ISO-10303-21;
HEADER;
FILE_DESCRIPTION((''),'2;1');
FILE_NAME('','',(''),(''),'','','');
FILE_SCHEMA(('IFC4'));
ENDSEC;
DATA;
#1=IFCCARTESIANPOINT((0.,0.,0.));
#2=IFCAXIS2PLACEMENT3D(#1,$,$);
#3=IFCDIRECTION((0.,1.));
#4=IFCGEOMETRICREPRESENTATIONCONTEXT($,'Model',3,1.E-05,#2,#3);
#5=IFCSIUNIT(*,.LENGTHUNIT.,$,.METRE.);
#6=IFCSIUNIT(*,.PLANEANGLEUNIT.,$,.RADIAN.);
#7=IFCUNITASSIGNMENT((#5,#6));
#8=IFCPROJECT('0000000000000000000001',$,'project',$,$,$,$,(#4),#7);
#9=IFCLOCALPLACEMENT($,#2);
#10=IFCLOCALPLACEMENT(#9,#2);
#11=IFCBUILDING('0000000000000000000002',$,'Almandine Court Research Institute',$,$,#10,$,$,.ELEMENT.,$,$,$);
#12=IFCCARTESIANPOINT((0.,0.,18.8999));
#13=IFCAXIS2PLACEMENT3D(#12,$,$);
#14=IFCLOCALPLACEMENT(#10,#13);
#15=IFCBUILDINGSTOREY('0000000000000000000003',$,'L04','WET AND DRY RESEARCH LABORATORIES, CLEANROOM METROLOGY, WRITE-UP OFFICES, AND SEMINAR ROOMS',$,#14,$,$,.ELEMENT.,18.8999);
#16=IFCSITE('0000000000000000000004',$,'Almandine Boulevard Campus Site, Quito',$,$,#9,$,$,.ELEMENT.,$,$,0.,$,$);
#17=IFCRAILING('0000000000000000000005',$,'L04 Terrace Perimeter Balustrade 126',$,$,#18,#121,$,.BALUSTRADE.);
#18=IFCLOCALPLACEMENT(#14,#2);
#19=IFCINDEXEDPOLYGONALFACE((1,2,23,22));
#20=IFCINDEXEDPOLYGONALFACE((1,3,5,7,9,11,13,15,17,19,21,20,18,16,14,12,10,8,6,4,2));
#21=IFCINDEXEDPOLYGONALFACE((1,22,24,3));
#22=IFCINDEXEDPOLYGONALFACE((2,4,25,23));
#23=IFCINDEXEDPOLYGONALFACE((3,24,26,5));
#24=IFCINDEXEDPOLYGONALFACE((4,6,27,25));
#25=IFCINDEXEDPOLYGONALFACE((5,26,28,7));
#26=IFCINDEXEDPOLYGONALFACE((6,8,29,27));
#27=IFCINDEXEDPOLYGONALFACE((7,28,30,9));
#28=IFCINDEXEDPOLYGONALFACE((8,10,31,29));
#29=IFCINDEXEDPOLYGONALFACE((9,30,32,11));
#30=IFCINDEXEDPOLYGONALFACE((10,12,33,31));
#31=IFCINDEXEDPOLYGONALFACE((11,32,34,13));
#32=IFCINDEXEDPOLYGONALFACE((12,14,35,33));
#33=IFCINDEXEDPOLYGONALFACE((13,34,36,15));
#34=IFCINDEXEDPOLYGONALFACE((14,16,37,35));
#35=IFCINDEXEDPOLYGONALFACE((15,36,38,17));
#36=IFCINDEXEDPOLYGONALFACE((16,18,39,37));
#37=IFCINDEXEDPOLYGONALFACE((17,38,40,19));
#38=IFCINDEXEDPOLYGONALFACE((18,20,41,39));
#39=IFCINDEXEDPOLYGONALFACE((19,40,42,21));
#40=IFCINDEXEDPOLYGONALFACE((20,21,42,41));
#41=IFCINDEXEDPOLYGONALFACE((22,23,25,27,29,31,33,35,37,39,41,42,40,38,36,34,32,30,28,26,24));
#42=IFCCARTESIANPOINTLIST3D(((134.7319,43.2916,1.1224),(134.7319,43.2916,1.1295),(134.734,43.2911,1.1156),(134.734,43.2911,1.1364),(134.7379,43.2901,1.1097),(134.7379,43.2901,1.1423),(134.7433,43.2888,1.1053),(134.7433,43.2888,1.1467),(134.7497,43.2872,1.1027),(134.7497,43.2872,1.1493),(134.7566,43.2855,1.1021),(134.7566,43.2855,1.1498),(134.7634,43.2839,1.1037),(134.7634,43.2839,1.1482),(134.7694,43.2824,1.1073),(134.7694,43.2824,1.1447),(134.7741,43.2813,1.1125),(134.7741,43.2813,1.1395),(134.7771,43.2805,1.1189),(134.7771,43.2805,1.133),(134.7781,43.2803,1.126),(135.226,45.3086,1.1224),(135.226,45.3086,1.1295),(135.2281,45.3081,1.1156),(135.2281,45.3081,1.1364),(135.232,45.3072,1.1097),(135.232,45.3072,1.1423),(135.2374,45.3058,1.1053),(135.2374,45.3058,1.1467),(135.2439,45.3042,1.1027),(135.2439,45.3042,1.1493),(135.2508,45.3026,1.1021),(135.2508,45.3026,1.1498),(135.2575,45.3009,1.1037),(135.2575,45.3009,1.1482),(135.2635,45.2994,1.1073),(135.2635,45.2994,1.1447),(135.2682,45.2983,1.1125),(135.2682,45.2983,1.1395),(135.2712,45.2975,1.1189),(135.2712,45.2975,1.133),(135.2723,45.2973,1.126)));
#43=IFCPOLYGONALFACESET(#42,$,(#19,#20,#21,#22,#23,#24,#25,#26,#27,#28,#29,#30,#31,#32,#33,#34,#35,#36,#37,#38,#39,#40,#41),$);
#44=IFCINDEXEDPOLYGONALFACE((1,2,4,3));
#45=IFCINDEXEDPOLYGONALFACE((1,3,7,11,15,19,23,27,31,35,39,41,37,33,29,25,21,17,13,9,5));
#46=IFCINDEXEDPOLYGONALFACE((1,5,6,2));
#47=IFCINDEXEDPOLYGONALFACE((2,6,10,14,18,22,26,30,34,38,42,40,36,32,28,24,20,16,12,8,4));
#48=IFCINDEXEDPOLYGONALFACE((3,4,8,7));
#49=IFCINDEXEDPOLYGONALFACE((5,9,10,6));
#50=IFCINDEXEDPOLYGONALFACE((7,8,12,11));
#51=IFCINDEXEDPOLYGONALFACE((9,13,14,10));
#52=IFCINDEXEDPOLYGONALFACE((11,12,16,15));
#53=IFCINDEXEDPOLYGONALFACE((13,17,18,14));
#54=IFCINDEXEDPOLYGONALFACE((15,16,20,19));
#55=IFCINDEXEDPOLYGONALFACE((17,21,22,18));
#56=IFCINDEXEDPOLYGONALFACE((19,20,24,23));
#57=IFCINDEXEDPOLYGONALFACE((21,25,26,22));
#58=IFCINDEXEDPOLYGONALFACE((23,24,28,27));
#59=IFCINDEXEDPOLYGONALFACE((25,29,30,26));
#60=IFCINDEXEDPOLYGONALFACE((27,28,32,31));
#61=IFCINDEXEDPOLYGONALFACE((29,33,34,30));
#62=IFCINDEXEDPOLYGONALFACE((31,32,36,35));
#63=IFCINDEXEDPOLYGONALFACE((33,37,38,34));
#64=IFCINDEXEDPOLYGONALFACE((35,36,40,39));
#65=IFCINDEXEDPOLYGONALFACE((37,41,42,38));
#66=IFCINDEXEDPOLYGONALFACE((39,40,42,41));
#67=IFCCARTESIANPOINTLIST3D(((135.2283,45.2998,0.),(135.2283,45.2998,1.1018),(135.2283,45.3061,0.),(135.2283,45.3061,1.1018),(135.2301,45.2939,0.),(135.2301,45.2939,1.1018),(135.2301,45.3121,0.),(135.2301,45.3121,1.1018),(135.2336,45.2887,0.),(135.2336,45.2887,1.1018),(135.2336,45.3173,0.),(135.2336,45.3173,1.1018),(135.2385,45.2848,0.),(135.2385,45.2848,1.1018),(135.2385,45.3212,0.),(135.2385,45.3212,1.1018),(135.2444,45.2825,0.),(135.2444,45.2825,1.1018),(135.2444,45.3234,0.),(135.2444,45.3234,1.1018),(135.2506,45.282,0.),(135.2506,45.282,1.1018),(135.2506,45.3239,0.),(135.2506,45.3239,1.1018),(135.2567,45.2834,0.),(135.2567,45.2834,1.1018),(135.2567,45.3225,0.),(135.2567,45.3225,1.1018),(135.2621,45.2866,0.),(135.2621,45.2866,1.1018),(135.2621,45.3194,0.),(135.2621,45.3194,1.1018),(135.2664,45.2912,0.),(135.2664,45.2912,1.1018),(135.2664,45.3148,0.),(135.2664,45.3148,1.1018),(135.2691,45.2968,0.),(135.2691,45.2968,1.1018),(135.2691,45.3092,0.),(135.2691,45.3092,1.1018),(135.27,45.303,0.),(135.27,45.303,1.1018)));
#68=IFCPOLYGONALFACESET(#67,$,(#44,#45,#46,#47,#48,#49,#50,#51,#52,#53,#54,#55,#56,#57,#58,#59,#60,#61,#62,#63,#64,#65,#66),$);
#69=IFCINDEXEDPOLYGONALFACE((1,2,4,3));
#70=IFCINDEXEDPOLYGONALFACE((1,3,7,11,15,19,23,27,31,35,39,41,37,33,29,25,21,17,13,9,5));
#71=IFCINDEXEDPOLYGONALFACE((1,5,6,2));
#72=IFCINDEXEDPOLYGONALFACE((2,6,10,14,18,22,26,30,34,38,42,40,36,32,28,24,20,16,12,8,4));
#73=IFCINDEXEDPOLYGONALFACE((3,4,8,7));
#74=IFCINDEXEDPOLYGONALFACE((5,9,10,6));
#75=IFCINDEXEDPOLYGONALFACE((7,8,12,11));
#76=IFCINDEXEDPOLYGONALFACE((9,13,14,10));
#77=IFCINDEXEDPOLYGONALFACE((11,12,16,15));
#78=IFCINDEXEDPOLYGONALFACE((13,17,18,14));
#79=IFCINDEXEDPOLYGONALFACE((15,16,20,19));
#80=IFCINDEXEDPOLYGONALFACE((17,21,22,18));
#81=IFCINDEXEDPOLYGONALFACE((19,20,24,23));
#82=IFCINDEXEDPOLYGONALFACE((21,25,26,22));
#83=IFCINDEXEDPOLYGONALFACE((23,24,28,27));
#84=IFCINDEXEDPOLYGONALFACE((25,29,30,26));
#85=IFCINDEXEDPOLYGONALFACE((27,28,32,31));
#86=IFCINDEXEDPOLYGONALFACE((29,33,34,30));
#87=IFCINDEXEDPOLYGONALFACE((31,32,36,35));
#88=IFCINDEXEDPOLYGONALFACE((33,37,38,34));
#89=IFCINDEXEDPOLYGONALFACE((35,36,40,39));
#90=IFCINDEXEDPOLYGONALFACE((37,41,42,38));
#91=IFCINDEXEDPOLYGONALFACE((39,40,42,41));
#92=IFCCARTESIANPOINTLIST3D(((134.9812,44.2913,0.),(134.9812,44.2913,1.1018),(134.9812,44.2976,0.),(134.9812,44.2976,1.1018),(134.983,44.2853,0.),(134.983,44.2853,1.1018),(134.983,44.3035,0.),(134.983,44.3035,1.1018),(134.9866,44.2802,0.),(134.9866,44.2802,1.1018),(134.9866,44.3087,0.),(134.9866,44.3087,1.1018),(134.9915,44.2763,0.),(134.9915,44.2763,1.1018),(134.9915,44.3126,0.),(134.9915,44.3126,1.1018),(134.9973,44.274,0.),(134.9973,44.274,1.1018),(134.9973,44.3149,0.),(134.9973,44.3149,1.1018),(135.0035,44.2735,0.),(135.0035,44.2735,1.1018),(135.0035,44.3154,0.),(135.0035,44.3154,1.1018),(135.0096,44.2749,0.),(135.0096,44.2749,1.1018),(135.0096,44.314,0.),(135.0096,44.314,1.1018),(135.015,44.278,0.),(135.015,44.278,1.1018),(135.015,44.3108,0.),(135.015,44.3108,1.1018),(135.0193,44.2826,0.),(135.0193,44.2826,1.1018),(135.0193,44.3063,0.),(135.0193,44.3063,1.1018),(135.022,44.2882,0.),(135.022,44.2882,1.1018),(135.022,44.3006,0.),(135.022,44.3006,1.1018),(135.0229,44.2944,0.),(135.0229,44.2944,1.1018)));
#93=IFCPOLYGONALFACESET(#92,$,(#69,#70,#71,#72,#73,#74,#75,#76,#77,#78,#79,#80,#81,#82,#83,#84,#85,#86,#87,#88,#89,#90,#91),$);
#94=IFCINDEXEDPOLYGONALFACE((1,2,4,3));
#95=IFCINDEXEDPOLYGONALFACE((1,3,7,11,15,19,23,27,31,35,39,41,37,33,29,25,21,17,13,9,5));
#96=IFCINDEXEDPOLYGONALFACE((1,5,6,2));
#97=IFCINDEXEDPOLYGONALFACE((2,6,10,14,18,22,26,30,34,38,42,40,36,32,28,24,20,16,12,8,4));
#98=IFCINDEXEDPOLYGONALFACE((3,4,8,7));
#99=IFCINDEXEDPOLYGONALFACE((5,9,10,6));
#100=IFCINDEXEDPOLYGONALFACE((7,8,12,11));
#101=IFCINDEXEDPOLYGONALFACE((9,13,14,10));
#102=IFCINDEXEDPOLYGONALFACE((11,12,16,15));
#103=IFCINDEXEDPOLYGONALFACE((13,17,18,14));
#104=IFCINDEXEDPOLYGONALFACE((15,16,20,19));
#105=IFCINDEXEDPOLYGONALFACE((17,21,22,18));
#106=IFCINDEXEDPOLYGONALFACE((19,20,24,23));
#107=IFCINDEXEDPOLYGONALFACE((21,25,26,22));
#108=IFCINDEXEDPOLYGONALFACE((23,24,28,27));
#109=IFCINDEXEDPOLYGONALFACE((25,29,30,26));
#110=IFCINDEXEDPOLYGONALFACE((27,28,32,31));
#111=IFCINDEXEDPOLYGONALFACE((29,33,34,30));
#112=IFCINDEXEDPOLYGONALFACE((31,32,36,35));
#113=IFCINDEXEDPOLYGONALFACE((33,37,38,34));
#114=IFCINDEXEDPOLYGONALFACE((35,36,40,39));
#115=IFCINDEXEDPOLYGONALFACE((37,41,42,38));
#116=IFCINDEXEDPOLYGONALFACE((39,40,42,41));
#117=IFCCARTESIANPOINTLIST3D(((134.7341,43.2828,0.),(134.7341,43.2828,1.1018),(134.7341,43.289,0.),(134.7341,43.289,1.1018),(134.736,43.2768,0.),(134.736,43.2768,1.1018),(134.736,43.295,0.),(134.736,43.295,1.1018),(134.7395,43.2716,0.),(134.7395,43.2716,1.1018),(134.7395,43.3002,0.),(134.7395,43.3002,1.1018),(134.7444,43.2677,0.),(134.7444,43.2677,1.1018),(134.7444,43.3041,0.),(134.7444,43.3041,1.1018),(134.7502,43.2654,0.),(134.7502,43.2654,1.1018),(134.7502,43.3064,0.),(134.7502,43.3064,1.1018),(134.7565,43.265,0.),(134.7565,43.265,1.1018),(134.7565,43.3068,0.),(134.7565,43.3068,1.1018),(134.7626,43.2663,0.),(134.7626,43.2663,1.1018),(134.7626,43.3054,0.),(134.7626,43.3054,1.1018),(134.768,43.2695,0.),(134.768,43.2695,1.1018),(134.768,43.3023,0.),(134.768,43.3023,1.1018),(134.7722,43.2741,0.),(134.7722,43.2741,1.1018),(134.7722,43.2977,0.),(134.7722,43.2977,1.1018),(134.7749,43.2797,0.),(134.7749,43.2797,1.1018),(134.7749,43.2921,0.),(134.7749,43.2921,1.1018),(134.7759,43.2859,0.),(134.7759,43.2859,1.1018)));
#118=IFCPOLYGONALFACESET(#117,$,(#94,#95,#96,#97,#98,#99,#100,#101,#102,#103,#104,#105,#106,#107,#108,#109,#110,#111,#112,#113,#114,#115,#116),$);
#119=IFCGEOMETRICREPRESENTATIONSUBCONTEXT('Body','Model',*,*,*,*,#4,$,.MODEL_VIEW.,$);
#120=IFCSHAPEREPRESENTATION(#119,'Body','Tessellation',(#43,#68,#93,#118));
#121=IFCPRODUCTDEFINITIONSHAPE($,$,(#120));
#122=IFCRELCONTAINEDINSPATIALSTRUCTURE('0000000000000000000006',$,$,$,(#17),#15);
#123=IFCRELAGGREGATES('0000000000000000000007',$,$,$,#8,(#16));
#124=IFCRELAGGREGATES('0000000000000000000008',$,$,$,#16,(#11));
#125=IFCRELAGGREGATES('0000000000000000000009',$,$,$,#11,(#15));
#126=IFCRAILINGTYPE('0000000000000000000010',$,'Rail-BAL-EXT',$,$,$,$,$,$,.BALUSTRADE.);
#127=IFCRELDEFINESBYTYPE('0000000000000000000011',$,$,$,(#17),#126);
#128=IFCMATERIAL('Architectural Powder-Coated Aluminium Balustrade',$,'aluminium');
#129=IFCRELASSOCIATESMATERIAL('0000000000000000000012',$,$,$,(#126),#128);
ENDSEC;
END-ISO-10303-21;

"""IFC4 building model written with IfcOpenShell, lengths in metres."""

from ifc_helpers import new_model, si_unit, direction, frame, origin, origin_2d, place, context, subcontext, project, spatial, circle, extrude, material, type_object, element, save


model = new_model("IFC4")

# Units and contexts
model_context = context("Model", 3, precision=1e-05, world=origin(), true_north=direction((0.0, 1.0)))
body_context = subcontext(model_context, "Body", "Model", "MODEL_VIEW")
ifc_project = project(units=[si_unit("LENGTHUNIT", "METRE"), si_unit("PLANEANGLEUNIT", "RADIAN")], contexts=[model_context])

# Site, building, storey
site_placement = place(None, origin())
site = spatial("IfcSite", under=ifc_project, at=site_placement, Name="Almandine Boulevard Campus Site, Quito", CompositionType="ELEMENT", RefElevation=0.0)
building_placement = place(site_placement, origin())
building = spatial("IfcBuilding", under=site, at=building_placement, Name="Almandine Court Research Institute", CompositionType="ELEMENT")
storey_placement = place(building_placement, frame((0.0, 0.0, 18.8999)))
storey = spatial("IfcBuildingStorey", under=building, at=storey_placement, Name="L04", Description="WET AND DRY RESEARCH LABORATORIES, CLEANROOM METROLOGY, WRITE-UP OFFICES, AND SEMINAR ROOMS", CompositionType="ELEMENT", Elevation=18.8999)

# Railing
ifc_material_1 = material(Name="Architectural Powder-Coated Aluminium Balustrade", Category="aluminium")
railing_type = type_object("IfcRailingType", Name="Rail-BAL-EXT", PredefinedType="BALUSTRADE", material=ifc_material_1)
railing_1_placement = place(storey_placement, frame((135.249, 45.303, 0.0)))
element("IfcRailing", 1, at=railing_1_placement, inside=storey, type_object=railing_type, Name="L04 Terrace Perimeter Balustrade 126", PredefinedType="BALUSTRADE", context=body_context, shape_type="SweptSolid", body=[
    extrude(circle(Radius=0.0239, at=origin_2d()), frame((0.0, 0.0, 1.126), z_axis=(-0.237941, -0.97128, 0.0), x_axis=(0.97128, -0.237941, 0.0)), (0.0, 0.0, 1.0), 2.0767),
    extrude(circle(Radius=0.021, at=origin_2d()), origin(), (0.0, 0.0, 1.0), 1.1018),
    extrude(circle(Radius=0.021, at=origin_2d()), frame((-0.2471, -1.0085, 0.0)), (0.0, 0.0, 1.0), 1.1018),
    extrude(circle(Radius=0.021, at=origin_2d()), frame((-0.4941, -2.0171, 0.0)), (0.0, 0.0, 1.0), 1.1018),
])

save(model, "model.ifc")
